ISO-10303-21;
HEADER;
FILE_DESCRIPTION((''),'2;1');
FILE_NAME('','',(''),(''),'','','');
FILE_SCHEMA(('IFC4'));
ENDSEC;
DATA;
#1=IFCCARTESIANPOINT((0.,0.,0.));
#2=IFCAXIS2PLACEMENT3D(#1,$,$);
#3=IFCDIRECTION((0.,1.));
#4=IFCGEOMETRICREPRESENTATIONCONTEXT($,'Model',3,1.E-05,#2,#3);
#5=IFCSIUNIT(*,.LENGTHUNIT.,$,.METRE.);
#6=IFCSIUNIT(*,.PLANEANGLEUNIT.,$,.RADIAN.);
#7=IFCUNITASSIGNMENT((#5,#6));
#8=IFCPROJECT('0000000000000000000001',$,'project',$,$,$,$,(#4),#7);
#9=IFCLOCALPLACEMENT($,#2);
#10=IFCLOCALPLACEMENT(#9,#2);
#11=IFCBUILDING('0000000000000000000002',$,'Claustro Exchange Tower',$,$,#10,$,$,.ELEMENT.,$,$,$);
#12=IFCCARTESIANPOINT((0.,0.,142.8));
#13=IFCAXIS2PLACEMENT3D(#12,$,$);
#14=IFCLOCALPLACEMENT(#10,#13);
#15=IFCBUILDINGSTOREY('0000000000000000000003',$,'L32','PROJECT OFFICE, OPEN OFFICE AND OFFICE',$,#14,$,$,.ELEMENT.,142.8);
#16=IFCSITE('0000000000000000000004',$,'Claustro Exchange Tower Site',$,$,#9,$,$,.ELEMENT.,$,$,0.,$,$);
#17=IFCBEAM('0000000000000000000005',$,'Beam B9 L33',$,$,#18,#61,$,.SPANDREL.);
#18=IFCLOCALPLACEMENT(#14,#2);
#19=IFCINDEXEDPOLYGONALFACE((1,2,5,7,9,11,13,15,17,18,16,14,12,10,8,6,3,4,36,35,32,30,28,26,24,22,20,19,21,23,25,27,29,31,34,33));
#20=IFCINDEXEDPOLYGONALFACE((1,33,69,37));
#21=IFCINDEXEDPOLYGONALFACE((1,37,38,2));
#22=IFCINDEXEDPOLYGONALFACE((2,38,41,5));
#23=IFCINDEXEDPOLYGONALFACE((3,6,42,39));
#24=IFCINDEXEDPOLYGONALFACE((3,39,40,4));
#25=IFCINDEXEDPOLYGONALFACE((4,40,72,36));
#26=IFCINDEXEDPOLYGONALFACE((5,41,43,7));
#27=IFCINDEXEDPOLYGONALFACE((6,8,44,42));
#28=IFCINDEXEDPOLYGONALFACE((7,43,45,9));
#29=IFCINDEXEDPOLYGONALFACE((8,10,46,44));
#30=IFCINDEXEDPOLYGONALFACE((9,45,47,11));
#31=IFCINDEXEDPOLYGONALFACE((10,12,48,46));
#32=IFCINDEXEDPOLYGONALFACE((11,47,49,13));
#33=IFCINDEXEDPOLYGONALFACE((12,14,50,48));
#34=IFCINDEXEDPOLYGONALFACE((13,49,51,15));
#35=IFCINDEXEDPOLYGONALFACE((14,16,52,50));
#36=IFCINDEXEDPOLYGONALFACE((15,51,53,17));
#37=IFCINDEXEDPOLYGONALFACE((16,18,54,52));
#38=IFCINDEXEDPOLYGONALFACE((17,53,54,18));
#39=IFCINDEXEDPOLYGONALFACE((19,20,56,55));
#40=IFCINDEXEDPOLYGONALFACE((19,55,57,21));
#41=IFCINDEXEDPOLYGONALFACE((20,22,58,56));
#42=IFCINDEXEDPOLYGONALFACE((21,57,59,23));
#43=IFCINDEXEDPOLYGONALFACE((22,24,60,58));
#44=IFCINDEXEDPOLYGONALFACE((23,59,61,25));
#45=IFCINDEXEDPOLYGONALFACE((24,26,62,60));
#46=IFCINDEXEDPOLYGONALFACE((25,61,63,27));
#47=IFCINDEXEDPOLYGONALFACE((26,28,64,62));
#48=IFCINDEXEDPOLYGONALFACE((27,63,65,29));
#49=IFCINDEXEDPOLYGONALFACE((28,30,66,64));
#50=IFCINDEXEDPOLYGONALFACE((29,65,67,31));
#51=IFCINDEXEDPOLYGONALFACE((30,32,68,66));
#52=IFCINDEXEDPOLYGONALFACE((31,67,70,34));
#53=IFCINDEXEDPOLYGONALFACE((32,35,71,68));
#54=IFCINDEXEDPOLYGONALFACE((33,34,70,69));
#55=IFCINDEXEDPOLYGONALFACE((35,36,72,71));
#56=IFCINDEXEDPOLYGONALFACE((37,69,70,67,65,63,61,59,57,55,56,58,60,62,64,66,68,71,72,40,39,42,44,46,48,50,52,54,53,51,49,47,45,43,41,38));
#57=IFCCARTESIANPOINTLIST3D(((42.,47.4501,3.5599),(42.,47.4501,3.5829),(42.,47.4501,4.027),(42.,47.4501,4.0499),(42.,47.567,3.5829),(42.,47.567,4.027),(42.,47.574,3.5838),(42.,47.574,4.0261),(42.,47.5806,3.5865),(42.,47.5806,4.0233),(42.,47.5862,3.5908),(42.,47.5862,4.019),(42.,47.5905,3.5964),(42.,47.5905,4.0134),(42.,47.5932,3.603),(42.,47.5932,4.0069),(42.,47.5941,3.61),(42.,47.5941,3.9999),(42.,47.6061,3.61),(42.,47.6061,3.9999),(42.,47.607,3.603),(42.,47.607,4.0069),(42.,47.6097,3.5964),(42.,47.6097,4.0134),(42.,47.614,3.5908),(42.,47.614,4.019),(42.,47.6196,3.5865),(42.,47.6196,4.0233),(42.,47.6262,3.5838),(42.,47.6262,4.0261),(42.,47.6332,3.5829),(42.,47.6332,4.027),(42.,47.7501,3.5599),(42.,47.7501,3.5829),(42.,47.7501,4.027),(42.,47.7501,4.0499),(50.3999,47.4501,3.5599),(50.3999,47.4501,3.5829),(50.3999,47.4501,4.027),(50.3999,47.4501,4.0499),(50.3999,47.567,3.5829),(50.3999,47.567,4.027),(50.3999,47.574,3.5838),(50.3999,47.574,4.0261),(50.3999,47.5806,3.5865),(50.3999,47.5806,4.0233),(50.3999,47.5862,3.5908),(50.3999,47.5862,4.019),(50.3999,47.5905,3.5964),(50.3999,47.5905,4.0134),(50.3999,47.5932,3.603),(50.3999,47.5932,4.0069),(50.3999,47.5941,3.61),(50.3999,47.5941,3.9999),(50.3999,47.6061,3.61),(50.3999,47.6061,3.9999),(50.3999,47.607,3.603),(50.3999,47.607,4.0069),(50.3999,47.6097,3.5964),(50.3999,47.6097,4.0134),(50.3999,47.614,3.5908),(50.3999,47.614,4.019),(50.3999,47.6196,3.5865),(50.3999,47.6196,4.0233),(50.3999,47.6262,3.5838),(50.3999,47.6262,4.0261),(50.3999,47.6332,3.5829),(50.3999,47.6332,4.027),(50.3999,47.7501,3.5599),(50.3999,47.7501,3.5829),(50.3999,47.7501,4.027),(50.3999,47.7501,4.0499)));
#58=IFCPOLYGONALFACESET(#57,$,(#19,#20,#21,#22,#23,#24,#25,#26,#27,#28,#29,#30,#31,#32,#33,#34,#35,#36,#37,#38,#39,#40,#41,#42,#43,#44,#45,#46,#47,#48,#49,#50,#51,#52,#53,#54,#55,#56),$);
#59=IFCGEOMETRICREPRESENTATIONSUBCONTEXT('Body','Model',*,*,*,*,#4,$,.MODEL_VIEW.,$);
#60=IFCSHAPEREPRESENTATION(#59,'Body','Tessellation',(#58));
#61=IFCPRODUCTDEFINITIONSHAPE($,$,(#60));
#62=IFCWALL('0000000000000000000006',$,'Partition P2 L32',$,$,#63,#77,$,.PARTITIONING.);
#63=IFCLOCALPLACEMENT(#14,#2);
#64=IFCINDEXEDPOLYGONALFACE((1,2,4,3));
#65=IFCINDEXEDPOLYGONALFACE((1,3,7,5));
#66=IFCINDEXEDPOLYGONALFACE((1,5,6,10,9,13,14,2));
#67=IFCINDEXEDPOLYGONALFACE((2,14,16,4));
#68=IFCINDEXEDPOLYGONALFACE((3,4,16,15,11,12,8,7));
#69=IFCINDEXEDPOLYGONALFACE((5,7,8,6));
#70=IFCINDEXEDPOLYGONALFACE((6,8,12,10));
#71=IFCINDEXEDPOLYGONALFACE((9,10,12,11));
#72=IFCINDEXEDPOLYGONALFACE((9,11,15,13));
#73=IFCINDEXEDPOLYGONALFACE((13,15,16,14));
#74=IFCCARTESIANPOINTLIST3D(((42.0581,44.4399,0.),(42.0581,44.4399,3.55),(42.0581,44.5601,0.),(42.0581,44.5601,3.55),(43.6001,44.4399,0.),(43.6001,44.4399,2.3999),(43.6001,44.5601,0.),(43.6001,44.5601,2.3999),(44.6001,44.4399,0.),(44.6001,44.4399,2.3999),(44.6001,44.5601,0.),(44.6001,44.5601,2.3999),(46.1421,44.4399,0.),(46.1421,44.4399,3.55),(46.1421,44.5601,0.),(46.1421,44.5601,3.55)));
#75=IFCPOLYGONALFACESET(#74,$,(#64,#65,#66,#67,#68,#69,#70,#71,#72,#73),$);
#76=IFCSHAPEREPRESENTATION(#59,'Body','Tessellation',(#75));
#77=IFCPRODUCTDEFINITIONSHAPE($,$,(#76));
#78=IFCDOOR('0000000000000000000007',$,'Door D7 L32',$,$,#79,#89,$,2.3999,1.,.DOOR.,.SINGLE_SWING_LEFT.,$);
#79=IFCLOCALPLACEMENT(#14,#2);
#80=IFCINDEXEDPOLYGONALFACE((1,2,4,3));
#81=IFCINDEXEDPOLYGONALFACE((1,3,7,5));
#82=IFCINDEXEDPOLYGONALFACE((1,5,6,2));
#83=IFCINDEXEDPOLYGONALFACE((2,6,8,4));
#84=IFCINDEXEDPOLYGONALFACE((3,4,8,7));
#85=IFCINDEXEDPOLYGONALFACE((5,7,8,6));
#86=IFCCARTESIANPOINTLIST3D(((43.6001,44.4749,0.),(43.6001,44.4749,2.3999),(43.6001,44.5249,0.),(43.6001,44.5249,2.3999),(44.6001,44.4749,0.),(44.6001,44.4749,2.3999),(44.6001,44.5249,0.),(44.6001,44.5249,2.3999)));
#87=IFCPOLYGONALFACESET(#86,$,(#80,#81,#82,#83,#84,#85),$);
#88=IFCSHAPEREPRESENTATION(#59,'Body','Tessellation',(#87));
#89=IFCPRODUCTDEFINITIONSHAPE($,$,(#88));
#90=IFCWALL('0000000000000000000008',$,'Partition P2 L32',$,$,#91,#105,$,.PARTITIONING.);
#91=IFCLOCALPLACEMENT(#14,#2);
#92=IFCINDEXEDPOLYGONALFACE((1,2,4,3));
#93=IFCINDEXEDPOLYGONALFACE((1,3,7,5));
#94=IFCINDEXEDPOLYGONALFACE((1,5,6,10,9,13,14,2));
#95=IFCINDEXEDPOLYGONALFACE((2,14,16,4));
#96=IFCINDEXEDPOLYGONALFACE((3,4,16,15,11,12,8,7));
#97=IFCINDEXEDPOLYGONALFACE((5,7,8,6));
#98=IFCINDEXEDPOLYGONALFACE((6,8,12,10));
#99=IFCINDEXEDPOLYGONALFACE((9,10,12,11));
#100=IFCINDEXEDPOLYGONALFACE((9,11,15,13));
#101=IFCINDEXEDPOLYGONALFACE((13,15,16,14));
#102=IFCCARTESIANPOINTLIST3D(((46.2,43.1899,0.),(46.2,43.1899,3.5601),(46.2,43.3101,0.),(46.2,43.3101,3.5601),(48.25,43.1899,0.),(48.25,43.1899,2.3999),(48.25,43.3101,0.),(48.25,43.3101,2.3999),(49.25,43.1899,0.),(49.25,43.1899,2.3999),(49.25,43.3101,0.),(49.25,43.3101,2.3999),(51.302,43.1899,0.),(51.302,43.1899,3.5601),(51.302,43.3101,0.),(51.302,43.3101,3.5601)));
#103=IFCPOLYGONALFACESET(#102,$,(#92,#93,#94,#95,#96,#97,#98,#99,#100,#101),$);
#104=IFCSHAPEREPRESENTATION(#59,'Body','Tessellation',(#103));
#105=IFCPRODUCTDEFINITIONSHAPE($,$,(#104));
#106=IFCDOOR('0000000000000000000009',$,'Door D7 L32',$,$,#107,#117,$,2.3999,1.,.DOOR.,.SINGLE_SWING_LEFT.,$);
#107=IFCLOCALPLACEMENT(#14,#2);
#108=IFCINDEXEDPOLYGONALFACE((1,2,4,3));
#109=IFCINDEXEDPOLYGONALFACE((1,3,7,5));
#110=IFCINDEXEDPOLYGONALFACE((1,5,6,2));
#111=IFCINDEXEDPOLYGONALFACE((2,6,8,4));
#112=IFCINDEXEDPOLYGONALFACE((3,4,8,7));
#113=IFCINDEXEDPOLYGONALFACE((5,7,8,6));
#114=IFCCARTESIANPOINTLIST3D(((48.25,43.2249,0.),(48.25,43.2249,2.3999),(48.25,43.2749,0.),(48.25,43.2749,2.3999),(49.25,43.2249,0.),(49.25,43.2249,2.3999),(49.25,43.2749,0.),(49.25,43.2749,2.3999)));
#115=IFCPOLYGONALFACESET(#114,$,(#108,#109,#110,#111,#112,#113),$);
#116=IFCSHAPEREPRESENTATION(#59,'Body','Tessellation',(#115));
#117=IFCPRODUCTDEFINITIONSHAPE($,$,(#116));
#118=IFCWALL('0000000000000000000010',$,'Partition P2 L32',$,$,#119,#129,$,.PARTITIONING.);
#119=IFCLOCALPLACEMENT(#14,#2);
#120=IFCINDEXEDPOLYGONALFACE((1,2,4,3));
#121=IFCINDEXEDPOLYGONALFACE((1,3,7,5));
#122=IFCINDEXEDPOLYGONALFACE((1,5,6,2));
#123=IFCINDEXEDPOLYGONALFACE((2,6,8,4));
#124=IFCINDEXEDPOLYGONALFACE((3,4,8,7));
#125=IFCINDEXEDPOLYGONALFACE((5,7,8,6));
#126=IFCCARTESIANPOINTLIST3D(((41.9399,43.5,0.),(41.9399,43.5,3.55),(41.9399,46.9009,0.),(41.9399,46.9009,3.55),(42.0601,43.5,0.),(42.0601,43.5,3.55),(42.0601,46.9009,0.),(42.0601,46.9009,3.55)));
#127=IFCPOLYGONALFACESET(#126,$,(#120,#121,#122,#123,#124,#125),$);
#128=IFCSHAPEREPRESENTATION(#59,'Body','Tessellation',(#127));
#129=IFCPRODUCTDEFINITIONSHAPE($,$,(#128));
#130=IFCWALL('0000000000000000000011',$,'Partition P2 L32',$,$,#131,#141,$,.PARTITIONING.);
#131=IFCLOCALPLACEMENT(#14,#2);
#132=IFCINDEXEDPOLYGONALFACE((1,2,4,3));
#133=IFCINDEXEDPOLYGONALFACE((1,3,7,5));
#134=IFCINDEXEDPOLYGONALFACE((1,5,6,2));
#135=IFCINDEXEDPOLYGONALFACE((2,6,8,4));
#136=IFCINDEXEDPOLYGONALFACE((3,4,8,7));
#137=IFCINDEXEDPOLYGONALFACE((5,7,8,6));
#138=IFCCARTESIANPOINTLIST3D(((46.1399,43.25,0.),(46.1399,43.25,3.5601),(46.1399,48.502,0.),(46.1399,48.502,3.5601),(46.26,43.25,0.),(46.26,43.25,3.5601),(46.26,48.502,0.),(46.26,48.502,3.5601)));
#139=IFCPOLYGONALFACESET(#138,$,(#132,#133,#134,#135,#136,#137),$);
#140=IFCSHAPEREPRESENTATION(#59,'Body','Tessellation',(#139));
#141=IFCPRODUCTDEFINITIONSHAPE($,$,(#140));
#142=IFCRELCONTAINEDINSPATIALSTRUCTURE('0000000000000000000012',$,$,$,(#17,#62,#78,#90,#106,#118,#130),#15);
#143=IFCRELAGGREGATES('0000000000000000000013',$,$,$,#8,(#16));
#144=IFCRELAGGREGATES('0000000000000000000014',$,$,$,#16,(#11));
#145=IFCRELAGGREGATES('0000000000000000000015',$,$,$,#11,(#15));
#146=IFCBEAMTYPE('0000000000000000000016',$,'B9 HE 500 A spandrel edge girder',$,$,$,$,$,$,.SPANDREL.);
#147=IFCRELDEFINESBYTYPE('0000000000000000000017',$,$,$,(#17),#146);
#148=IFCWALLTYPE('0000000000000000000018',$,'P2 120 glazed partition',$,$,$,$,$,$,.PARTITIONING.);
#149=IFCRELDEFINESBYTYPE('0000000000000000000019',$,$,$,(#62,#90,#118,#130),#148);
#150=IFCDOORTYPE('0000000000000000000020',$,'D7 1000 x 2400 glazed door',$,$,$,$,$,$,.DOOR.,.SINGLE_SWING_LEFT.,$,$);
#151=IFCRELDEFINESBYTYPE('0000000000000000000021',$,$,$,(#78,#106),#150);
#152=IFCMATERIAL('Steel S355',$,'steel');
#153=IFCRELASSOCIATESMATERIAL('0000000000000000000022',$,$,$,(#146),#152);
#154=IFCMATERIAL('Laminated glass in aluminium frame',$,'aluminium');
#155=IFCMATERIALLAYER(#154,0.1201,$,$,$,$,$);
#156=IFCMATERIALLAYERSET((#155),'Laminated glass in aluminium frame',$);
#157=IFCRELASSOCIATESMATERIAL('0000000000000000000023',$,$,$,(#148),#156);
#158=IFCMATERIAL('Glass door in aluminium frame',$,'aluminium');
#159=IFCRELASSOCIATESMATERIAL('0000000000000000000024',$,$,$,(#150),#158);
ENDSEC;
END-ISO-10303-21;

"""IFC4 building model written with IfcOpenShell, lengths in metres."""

from ifc_helpers import new_model, si_unit, direction, frame, frame_2d, origin, origin_2d, place, context, subcontext, project, spatial, rectangle, i_section, extrude, material, layer, layer_set, material_profile, profile_set, type_object, element, fill, save


model = new_model("IFC4")

# Units and contexts
model_context = context("Model", 3, precision=1e-05, world=origin(), true_north=direction((0.0, 1.0)))
body_context = subcontext(model_context, "Body", "Model", "MODEL_VIEW")
ifc_project = project(units=[si_unit("LENGTHUNIT", "METRE"), si_unit("PLANEANGLEUNIT", "RADIAN")], contexts=[model_context])

# Site, building, storey
site_placement = place(None, origin())
site = spatial("IfcSite", under=ifc_project, at=site_placement, Name="Claustro Exchange Tower Site", CompositionType="ELEMENT", RefElevation=0.0)
building_placement = place(site_placement, origin())
building = spatial("IfcBuilding", under=site, at=building_placement, Name="Claustro Exchange Tower", CompositionType="ELEMENT")
storey_placement = place(building_placement, frame((0.0, 0.0, 142.8)))
storey = spatial("IfcBuildingStorey", under=building, at=storey_placement, Name="L32", Description="PROJECT OFFICE, OPEN OFFICE AND OFFICE", CompositionType="ELEMENT", Elevation=142.8)

# Beam
ifc_material_1 = material(Name="Steel S355", Category="steel")
ifc_material_profile_1 = material_profile(ifc_material_1, i_section(OverallWidth=0.3, OverallDepth=0.49, WebThickness=0.012, FlangeThickness=0.0229, FilletRadius=0.0271, at=origin_2d()), Name="HE 500 A")
ifc_profile_set_1 = profile_set([ifc_material_profile_1], Name="Steel S355")
beam_type_1 = type_object("IfcBeamType", Name="B9 HE 500 A spandrel edge girder", PredefinedType="SPANDREL", material=ifc_profile_set_1)
beam_1_placement = place(storey_placement, frame((42.0, 47.6001, 3.8049), z_axis=(1.0, 0.0, 0.0), x_axis=(0.0, 1.0, 0.0)))
element("IfcBeam", 1, at=beam_1_placement, inside=storey, type_object=beam_type_1, Name="Beam B9 L33", PredefinedType="SPANDREL", context=body_context, shape_type="SweptSolid", body=[
    extrude(i_section(OverallWidth=0.3, OverallDepth=0.49, WebThickness=0.012, FlangeThickness=0.0229, FilletRadius=0.0271, at=origin_2d()), origin(), (0.0, 0.0, 1.0), 8.3999),
])

# Walls, openings, doors
ifc_material_2 = material(Name="Laminated glass in aluminium frame", Category="aluminium")
ifc_layer_1 = layer(ifc_material_2, 0.1201)
ifc_layer_set_1 = layer_set([ifc_layer_1], Name="Laminated glass in aluminium frame")
wall_type_1 = type_object("IfcWallType", Name="P2 120 glazed partition", PredefinedType="PARTITIONING", material=ifc_layer_set_1)
wall_1_placement = place(storey_placement, frame((42.0581, 44.5, 0.0), z_axis=(0.0, 0.0, 1.0), x_axis=(1.0, 0.0, 0.0)))
wall_1 = element("IfcWall", 2, at=wall_1_placement, inside=storey, type_object=wall_type_1, Name="Partition P2 L32", PredefinedType="PARTITIONING", context=body_context, shape_type="SweptSolid", body=[
    extrude(rectangle(XDim=4.084, YDim=0.1201, at=frame_2d((2.042, 0.0))), origin(), (0.0, 0.0, 1.0), 3.55),
])
opening_1_placement = place(wall_1_placement, frame((1.542, 0.0, 0.0)))
opening_1 = element("IfcOpeningElement", 3, at=opening_1_placement, cuts=wall_1, PredefinedType="OPENING", context=body_context, shape_type="SweptSolid", body=[
    extrude(rectangle(XDim=1.0, YDim=2.3999, at=frame_2d((0.5, 1.2))), frame((0.0, 0.0701, 0.0), z_axis=(0.0, -1.0, 0.0), x_axis=(1.0, 0.0, 0.0)), (0.0, 0.0, 1.0), 0.1401),
])
ifc_material_3 = material(Name="Glass door in aluminium frame", Category="aluminium")
door_type = type_object("IfcDoorType", Name="D7 1000 x 2400 glazed door", OperationType="SINGLE_SWING_LEFT", PredefinedType="DOOR", material=ifc_material_3)
door_1_placement = place(opening_1_placement, origin())
door_1 = element("IfcDoor", 4, at=door_1_placement, inside=storey, type_object=door_type, Name="Door D7 L32", OperationType="SINGLE_SWING_LEFT", OverallHeight=2.3999, OverallWidth=1.0, PredefinedType="DOOR", context=body_context, shape_type="SweptSolid", body=[
    extrude(rectangle(XDim=1.0, YDim=2.3999, at=frame_2d((0.5, 1.2))), frame((0.0, 0.0249, 0.0), z_axis=(0.0, -1.0, 0.0), x_axis=(1.0, 0.0, 0.0)), (0.0, 0.0, 1.0), 0.05),
])
fill(opening_1, door_1)
wall_2_placement = place(storey_placement, frame((46.2, 43.25, 0.0), z_axis=(0.0, 0.0, 1.0), x_axis=(1.0, 0.0, 0.0)))
wall_2 = element("IfcWall", 5, at=wall_2_placement, inside=storey, type_object=wall_type_1, Name="Partition P2 L32", PredefinedType="PARTITIONING", context=body_context, shape_type="SweptSolid", body=[
    extrude(rectangle(XDim=5.1021, YDim=0.1201, at=frame_2d((2.551, 0.0))), origin(), (0.0, 0.0, 1.0), 3.5601),
])
opening_2_placement = place(wall_2_placement, frame((2.05, 0.0, 0.0)))
opening_2 = element("IfcOpeningElement", 6, at=opening_2_placement, cuts=wall_2, PredefinedType="OPENING", context=body_context, shape_type="SweptSolid", body=[
    extrude(rectangle(XDim=1.0, YDim=2.3999, at=frame_2d((0.5, 1.2))), frame((0.0, 0.0701, 0.0), z_axis=(0.0, -1.0, 0.0), x_axis=(1.0, 0.0, 0.0)), (0.0, 0.0, 1.0), 0.1401),
])
door_2_placement = place(opening_2_placement, origin())
door_2 = element("IfcDoor", 7, at=door_2_placement, inside=storey, type_object=door_type, Name="Door D7 L32", OperationType="SINGLE_SWING_LEFT", OverallHeight=2.3999, OverallWidth=1.0, PredefinedType="DOOR", context=body_context, shape_type="SweptSolid", body=[
    extrude(rectangle(XDim=1.0, YDim=2.3999, at=frame_2d((0.5, 1.2))), frame((0.0, 0.0249, 0.0), z_axis=(0.0, -1.0, 0.0), x_axis=(1.0, 0.0, 0.0)), (0.0, 0.0, 1.0), 0.05),
])
fill(opening_2, door_2)

# Walls
wall_3_placement = place(storey_placement, frame((42.0, 43.5, 0.0), z_axis=(0.0, 0.0, 1.0), x_axis=(0.0, 1.0, 0.0)))
element("IfcWall", 8, at=wall_3_placement, inside=storey, type_object=wall_type_1, Name="Partition P2 L32", PredefinedType="PARTITIONING", context=body_context, shape_type="SweptSolid", body=[
    extrude(rectangle(XDim=3.4009, YDim=0.1201, at=frame_2d((1.7004, 0.0))), origin(), (0.0, 0.0, 1.0), 3.55),
])
wall_4_placement = place(storey_placement, frame((46.2, 43.25, 0.0), z_axis=(0.0, 0.0, 1.0), x_axis=(0.0, 1.0, 0.0)))
element("IfcWall", 9, at=wall_4_placement, inside=storey, type_object=wall_type_1, Name="Partition P2 L32", PredefinedType="PARTITIONING", context=body_context, shape_type="SweptSolid", body=[
    extrude(rectangle(XDim=5.252, YDim=0.1201, at=frame_2d((2.626, 0.0))), origin(), (0.0, 0.0, 1.0), 3.5601),
])

save(model, "model.ifc")
